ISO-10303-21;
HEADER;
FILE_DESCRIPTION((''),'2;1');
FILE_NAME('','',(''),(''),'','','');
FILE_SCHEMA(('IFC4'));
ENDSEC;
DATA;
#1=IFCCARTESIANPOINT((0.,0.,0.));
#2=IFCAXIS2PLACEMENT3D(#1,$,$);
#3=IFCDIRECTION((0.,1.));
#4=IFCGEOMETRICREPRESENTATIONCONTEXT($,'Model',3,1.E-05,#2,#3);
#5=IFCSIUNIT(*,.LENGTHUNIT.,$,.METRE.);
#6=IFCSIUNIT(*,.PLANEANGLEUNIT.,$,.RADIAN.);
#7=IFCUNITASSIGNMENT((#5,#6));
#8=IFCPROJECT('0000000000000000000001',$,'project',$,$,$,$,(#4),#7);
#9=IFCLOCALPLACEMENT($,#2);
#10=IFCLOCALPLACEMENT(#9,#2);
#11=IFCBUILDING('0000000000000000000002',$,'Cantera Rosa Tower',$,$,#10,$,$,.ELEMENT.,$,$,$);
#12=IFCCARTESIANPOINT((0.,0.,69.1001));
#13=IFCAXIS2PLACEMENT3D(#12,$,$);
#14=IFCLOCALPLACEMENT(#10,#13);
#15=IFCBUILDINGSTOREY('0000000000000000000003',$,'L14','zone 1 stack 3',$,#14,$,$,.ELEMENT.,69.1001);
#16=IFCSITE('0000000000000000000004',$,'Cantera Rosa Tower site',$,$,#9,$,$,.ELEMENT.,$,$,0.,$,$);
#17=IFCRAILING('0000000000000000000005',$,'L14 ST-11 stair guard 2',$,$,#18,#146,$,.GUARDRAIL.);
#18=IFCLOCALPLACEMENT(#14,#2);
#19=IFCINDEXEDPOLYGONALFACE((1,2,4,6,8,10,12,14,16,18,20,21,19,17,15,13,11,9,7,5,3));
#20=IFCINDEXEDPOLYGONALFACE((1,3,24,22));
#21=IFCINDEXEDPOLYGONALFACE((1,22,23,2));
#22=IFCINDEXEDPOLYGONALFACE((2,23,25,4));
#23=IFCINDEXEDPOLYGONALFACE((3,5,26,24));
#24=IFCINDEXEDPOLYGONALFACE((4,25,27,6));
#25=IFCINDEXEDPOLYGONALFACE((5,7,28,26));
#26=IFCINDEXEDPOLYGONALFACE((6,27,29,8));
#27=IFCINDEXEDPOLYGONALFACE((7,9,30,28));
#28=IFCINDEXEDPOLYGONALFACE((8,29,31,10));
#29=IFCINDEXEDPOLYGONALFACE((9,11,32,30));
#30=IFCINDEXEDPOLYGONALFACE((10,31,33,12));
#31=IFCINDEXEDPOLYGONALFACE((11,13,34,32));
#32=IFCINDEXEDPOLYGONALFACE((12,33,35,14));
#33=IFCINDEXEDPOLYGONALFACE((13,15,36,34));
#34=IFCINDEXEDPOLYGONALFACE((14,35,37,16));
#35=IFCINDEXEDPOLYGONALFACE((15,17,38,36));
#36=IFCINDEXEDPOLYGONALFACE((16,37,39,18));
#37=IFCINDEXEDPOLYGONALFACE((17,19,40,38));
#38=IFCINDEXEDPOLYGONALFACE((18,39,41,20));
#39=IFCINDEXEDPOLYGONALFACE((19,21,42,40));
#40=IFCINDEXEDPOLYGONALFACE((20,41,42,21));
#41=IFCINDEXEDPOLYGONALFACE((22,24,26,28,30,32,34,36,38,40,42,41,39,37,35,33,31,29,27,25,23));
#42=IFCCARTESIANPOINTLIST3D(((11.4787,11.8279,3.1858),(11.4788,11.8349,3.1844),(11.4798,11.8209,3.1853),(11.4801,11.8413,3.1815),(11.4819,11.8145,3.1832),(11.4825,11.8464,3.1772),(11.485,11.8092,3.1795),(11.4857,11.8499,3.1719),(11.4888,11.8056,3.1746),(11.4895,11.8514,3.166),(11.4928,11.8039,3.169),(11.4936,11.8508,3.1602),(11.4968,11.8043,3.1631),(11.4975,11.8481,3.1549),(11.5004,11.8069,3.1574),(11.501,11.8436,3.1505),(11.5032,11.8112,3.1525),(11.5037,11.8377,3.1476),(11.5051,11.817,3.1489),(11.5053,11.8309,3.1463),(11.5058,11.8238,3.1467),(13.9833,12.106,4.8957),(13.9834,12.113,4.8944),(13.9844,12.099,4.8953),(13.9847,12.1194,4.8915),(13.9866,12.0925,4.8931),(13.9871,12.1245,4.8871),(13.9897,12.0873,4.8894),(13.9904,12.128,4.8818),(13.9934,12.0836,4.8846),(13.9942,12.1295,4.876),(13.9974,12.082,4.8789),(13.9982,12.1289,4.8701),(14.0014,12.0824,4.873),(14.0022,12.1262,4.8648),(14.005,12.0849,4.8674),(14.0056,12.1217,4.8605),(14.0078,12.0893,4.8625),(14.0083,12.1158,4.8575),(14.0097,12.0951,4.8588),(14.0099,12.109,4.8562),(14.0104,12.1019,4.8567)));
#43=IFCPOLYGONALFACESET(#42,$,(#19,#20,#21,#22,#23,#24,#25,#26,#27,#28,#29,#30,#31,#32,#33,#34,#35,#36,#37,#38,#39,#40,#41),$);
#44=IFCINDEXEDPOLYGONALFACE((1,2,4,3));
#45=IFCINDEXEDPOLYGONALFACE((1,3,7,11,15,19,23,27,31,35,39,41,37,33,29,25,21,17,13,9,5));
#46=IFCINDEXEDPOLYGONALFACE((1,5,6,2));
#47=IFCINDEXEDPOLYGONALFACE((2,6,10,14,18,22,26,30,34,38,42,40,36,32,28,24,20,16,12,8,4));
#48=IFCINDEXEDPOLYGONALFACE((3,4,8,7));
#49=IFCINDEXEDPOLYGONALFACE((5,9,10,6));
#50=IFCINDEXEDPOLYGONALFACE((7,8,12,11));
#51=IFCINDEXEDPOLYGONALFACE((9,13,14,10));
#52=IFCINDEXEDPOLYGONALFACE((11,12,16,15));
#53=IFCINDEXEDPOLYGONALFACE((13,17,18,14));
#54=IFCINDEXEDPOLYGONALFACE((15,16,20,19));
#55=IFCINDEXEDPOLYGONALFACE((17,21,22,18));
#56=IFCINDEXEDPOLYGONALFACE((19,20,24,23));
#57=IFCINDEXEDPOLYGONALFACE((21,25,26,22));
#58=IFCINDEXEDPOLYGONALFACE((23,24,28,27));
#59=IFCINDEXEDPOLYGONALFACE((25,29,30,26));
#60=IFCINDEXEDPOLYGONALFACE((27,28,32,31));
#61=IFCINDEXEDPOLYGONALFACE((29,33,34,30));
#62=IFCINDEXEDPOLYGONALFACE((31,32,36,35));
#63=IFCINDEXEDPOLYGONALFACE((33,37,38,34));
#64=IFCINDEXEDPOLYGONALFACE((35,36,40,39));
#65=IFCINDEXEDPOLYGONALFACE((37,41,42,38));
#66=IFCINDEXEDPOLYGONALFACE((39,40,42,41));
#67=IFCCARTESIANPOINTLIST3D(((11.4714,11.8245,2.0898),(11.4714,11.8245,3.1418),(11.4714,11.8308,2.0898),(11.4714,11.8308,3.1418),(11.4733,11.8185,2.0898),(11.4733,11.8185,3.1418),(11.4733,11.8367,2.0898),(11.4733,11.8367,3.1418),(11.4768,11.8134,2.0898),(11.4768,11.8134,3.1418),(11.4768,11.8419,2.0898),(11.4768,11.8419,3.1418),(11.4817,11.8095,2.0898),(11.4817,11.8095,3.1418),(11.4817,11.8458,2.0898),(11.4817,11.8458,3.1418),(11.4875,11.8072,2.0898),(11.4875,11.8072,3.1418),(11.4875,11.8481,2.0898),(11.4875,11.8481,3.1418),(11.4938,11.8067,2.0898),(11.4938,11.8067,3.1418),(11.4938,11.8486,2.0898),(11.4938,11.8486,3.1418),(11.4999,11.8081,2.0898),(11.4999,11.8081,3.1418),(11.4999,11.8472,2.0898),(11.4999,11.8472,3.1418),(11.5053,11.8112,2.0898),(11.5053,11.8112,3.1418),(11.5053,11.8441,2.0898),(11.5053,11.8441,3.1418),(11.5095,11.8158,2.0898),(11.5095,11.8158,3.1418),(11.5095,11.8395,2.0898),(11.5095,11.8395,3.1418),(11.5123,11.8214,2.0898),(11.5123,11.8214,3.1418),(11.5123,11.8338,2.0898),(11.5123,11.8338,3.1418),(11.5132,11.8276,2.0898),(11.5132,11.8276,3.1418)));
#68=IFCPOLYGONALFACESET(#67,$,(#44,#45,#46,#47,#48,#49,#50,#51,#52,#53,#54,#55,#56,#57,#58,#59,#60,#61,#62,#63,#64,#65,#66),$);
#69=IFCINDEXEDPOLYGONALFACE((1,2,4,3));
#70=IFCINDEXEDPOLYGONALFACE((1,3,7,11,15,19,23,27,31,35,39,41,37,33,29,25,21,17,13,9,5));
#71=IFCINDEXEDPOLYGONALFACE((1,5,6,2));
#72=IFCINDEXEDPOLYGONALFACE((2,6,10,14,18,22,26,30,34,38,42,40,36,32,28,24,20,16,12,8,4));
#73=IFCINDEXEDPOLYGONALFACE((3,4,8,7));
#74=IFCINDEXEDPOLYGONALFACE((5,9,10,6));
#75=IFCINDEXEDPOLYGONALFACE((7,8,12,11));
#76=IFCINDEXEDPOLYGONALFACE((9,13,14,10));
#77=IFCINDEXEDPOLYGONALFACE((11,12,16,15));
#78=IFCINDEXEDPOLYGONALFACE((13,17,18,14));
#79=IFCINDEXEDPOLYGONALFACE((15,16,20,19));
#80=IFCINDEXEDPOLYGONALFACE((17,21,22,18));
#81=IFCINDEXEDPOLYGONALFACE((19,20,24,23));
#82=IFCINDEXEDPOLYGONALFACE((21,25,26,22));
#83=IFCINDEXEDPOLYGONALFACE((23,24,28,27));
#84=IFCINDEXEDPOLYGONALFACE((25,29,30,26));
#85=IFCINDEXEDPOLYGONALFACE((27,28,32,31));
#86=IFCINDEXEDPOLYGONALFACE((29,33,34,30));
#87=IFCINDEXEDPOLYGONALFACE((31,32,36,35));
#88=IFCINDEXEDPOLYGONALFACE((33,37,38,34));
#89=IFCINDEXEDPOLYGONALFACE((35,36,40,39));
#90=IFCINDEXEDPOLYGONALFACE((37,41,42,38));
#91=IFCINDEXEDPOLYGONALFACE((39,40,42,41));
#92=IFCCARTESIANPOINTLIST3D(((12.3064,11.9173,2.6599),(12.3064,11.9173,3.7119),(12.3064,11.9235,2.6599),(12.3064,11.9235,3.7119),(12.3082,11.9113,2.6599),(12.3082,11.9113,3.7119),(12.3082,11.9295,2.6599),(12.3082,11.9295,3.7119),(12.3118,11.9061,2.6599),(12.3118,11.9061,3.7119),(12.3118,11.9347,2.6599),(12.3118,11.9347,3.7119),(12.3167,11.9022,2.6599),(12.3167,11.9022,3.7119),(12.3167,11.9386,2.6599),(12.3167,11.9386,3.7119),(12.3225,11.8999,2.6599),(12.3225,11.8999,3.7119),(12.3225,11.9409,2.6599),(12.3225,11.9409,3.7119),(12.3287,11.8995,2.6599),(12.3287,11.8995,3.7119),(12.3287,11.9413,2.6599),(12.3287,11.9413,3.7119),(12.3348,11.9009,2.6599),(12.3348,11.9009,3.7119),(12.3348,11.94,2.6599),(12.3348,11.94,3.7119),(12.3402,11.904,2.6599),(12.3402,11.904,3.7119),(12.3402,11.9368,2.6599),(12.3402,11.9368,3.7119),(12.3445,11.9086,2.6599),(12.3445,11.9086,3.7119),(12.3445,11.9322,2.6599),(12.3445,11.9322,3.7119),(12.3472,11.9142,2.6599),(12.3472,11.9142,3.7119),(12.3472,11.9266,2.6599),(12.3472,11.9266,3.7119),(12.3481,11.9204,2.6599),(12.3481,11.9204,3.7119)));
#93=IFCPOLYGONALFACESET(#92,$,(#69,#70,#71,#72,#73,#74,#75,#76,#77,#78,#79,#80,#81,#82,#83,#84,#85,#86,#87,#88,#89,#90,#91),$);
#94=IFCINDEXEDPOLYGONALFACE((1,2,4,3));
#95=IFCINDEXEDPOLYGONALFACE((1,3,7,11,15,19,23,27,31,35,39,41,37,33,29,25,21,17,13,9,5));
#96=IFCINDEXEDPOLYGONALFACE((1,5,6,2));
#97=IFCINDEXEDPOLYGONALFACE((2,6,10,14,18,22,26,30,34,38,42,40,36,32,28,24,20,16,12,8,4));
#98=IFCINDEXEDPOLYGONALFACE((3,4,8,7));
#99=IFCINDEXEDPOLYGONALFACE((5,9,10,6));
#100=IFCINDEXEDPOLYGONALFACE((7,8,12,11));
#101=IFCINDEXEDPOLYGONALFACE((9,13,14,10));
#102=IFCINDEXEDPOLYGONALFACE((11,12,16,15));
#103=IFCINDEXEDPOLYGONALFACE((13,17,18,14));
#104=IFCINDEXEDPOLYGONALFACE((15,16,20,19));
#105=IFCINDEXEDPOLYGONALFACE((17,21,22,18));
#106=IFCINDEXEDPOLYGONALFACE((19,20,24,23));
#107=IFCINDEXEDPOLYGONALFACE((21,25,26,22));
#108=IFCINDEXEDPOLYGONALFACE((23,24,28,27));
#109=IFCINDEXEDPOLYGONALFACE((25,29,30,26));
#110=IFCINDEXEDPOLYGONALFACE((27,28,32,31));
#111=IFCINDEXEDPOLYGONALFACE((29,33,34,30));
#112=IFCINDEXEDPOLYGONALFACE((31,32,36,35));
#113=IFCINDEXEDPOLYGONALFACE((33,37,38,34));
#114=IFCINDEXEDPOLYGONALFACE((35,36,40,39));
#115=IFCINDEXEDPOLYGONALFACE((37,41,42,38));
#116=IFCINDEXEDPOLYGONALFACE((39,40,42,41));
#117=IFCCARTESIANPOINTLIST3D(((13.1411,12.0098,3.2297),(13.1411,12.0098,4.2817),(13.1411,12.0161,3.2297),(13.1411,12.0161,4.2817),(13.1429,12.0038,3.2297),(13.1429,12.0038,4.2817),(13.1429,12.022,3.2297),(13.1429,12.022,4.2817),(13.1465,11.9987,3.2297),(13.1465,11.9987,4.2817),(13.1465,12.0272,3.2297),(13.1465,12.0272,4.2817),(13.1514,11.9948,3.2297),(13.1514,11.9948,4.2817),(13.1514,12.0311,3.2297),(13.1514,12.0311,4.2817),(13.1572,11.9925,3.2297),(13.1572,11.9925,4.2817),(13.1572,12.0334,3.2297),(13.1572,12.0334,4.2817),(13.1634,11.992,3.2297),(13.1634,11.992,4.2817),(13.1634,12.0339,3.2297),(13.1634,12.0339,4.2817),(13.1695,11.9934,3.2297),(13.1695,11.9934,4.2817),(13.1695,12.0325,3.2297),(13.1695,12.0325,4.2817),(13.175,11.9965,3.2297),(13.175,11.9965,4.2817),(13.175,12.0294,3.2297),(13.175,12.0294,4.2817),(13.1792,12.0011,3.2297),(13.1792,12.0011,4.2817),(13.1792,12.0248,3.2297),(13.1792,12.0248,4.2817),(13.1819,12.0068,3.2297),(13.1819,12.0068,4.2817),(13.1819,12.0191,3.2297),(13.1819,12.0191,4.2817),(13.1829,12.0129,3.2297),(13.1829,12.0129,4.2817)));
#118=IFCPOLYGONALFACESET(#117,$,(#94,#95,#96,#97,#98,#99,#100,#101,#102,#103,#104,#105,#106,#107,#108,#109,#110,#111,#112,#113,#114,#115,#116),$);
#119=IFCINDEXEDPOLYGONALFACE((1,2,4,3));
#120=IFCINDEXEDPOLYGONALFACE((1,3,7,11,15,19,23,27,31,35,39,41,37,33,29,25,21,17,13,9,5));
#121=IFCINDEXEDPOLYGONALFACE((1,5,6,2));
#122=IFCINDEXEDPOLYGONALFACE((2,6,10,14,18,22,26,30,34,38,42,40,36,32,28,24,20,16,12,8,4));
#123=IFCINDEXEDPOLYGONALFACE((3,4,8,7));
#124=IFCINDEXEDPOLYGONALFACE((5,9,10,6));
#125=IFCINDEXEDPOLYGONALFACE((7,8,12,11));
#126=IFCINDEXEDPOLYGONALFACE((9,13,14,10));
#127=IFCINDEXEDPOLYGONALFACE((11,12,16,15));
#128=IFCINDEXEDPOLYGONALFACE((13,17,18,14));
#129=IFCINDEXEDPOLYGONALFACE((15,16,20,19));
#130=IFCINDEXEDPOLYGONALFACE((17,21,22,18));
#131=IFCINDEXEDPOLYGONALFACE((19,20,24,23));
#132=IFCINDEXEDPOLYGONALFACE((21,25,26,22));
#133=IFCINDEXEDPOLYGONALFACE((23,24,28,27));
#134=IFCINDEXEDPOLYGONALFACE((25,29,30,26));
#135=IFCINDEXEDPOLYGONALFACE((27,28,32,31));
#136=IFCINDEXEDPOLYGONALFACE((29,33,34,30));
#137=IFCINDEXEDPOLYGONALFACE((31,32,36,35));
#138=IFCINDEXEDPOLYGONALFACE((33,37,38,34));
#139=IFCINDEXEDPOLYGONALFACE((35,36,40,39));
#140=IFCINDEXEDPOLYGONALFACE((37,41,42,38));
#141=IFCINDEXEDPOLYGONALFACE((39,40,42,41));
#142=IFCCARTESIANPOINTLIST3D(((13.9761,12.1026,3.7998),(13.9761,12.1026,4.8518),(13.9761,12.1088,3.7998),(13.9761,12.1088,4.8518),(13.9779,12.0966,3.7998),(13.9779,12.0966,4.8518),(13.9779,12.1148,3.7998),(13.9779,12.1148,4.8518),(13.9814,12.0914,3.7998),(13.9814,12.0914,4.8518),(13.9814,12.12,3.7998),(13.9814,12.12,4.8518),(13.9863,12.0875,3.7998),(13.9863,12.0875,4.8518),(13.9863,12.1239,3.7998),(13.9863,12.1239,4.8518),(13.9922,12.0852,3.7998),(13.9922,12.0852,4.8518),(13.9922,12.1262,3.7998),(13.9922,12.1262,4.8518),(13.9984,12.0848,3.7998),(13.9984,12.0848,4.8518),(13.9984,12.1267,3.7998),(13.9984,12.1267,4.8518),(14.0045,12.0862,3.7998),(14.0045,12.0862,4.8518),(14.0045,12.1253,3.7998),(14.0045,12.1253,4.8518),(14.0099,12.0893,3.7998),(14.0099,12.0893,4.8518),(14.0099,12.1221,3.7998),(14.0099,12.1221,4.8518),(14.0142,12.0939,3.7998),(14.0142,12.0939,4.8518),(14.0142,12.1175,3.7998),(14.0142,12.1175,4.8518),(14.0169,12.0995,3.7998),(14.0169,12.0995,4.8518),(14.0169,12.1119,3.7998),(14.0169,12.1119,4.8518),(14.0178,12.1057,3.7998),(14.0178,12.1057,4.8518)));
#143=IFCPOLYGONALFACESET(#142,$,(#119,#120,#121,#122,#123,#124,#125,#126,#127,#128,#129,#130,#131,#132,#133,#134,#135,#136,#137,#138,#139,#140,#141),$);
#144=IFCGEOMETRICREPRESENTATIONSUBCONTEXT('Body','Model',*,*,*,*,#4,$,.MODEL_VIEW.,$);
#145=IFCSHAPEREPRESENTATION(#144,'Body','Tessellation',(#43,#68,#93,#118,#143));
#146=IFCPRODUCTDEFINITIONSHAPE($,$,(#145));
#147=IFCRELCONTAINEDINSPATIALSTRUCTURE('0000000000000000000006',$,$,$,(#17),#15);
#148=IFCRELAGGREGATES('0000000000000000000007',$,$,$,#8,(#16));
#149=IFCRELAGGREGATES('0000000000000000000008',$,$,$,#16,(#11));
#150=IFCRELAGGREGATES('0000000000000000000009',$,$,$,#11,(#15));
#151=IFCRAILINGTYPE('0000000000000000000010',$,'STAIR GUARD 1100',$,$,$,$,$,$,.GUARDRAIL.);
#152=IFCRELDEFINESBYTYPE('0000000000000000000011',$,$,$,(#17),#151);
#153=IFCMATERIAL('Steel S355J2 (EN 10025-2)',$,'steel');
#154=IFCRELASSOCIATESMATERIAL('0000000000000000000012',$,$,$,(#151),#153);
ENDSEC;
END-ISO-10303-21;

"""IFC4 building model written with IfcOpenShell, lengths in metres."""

from ifc_helpers import new_model, si_unit, direction, frame, origin, origin_2d, place, context, subcontext, project, spatial, circle, extrude, material, type_object, element, save


model = new_model("IFC4")

# Units and contexts
model_context = context("Model", 3, precision=1e-05, world=origin(), true_north=direction((0.0, 1.0)))
body_context = subcontext(model_context, "Body", "Model", "MODEL_VIEW")
ifc_project = project(units=[si_unit("LENGTHUNIT", "METRE"), si_unit("PLANEANGLEUNIT", "RADIAN")], contexts=[model_context])

# Site, building, storey
site_placement = place(None, origin())
site = spatial("IfcSite", under=ifc_project, at=site_placement, Name="Cantera Rosa Tower site", CompositionType="ELEMENT", RefElevation=0.0)
building_placement = place(site_placement, origin())
building = spatial("IfcBuilding", under=site, at=building_placement, Name="Cantera Rosa Tower", CompositionType="ELEMENT")
storey_placement = place(building_placement, frame((0.0, 0.0, 69.1001)))
storey = spatial("IfcBuildingStorey", under=building, at=storey_placement, Name="L14", Description="zone 1 stack 3", CompositionType="ELEMENT", Elevation=69.1001)

# Railing
ifc_material_1 = material(Name="Steel S355J2 (EN 10025-2)", Category="steel")
railing_type_1 = type_object("IfcRailingType", Name="STAIR GUARD 1100", PredefinedType="GUARDRAIL", material=ifc_material_1)
railing_1_placement = place(storey_placement, frame((11.4922, 11.8276, 2.0898)))
element("IfcRailing", 1, at=railing_1_placement, inside=storey, type_object=railing_type_1, Name="L14 ST-11 stair guard 2", PredefinedType="GUARDRAIL", context=body_context, shape_type="SweptSolid", body=[
    extrude(circle(Radius=0.0239, at=origin_2d()), frame((0.0, 0.0, 1.0762), z_axis=(0.822431, 0.09131, 0.561488), x_axis=(-0.110346, 0.993893, 0.0)), (0.0, 0.0, 1.0), 3.0454),
    extrude(circle(Radius=0.021, at=origin_2d()), origin(), (0.0, 0.0, 1.0), 1.052),
    extrude(circle(Radius=0.021, at=origin_2d()), frame((0.835, 0.0928, 0.5701)), (0.0, 0.0, 1.0), 1.052),
    extrude(circle(Radius=0.021, at=origin_2d()), frame((1.6697, 0.1853, 1.1399)), (0.0, 0.0, 1.0), 1.052),
    extrude(circle(Radius=0.021, at=origin_2d()), frame((2.5046, 0.2781, 1.71)), (0.0, 0.0, 1.0), 1.052),
])

save(model, "model.ifc")
